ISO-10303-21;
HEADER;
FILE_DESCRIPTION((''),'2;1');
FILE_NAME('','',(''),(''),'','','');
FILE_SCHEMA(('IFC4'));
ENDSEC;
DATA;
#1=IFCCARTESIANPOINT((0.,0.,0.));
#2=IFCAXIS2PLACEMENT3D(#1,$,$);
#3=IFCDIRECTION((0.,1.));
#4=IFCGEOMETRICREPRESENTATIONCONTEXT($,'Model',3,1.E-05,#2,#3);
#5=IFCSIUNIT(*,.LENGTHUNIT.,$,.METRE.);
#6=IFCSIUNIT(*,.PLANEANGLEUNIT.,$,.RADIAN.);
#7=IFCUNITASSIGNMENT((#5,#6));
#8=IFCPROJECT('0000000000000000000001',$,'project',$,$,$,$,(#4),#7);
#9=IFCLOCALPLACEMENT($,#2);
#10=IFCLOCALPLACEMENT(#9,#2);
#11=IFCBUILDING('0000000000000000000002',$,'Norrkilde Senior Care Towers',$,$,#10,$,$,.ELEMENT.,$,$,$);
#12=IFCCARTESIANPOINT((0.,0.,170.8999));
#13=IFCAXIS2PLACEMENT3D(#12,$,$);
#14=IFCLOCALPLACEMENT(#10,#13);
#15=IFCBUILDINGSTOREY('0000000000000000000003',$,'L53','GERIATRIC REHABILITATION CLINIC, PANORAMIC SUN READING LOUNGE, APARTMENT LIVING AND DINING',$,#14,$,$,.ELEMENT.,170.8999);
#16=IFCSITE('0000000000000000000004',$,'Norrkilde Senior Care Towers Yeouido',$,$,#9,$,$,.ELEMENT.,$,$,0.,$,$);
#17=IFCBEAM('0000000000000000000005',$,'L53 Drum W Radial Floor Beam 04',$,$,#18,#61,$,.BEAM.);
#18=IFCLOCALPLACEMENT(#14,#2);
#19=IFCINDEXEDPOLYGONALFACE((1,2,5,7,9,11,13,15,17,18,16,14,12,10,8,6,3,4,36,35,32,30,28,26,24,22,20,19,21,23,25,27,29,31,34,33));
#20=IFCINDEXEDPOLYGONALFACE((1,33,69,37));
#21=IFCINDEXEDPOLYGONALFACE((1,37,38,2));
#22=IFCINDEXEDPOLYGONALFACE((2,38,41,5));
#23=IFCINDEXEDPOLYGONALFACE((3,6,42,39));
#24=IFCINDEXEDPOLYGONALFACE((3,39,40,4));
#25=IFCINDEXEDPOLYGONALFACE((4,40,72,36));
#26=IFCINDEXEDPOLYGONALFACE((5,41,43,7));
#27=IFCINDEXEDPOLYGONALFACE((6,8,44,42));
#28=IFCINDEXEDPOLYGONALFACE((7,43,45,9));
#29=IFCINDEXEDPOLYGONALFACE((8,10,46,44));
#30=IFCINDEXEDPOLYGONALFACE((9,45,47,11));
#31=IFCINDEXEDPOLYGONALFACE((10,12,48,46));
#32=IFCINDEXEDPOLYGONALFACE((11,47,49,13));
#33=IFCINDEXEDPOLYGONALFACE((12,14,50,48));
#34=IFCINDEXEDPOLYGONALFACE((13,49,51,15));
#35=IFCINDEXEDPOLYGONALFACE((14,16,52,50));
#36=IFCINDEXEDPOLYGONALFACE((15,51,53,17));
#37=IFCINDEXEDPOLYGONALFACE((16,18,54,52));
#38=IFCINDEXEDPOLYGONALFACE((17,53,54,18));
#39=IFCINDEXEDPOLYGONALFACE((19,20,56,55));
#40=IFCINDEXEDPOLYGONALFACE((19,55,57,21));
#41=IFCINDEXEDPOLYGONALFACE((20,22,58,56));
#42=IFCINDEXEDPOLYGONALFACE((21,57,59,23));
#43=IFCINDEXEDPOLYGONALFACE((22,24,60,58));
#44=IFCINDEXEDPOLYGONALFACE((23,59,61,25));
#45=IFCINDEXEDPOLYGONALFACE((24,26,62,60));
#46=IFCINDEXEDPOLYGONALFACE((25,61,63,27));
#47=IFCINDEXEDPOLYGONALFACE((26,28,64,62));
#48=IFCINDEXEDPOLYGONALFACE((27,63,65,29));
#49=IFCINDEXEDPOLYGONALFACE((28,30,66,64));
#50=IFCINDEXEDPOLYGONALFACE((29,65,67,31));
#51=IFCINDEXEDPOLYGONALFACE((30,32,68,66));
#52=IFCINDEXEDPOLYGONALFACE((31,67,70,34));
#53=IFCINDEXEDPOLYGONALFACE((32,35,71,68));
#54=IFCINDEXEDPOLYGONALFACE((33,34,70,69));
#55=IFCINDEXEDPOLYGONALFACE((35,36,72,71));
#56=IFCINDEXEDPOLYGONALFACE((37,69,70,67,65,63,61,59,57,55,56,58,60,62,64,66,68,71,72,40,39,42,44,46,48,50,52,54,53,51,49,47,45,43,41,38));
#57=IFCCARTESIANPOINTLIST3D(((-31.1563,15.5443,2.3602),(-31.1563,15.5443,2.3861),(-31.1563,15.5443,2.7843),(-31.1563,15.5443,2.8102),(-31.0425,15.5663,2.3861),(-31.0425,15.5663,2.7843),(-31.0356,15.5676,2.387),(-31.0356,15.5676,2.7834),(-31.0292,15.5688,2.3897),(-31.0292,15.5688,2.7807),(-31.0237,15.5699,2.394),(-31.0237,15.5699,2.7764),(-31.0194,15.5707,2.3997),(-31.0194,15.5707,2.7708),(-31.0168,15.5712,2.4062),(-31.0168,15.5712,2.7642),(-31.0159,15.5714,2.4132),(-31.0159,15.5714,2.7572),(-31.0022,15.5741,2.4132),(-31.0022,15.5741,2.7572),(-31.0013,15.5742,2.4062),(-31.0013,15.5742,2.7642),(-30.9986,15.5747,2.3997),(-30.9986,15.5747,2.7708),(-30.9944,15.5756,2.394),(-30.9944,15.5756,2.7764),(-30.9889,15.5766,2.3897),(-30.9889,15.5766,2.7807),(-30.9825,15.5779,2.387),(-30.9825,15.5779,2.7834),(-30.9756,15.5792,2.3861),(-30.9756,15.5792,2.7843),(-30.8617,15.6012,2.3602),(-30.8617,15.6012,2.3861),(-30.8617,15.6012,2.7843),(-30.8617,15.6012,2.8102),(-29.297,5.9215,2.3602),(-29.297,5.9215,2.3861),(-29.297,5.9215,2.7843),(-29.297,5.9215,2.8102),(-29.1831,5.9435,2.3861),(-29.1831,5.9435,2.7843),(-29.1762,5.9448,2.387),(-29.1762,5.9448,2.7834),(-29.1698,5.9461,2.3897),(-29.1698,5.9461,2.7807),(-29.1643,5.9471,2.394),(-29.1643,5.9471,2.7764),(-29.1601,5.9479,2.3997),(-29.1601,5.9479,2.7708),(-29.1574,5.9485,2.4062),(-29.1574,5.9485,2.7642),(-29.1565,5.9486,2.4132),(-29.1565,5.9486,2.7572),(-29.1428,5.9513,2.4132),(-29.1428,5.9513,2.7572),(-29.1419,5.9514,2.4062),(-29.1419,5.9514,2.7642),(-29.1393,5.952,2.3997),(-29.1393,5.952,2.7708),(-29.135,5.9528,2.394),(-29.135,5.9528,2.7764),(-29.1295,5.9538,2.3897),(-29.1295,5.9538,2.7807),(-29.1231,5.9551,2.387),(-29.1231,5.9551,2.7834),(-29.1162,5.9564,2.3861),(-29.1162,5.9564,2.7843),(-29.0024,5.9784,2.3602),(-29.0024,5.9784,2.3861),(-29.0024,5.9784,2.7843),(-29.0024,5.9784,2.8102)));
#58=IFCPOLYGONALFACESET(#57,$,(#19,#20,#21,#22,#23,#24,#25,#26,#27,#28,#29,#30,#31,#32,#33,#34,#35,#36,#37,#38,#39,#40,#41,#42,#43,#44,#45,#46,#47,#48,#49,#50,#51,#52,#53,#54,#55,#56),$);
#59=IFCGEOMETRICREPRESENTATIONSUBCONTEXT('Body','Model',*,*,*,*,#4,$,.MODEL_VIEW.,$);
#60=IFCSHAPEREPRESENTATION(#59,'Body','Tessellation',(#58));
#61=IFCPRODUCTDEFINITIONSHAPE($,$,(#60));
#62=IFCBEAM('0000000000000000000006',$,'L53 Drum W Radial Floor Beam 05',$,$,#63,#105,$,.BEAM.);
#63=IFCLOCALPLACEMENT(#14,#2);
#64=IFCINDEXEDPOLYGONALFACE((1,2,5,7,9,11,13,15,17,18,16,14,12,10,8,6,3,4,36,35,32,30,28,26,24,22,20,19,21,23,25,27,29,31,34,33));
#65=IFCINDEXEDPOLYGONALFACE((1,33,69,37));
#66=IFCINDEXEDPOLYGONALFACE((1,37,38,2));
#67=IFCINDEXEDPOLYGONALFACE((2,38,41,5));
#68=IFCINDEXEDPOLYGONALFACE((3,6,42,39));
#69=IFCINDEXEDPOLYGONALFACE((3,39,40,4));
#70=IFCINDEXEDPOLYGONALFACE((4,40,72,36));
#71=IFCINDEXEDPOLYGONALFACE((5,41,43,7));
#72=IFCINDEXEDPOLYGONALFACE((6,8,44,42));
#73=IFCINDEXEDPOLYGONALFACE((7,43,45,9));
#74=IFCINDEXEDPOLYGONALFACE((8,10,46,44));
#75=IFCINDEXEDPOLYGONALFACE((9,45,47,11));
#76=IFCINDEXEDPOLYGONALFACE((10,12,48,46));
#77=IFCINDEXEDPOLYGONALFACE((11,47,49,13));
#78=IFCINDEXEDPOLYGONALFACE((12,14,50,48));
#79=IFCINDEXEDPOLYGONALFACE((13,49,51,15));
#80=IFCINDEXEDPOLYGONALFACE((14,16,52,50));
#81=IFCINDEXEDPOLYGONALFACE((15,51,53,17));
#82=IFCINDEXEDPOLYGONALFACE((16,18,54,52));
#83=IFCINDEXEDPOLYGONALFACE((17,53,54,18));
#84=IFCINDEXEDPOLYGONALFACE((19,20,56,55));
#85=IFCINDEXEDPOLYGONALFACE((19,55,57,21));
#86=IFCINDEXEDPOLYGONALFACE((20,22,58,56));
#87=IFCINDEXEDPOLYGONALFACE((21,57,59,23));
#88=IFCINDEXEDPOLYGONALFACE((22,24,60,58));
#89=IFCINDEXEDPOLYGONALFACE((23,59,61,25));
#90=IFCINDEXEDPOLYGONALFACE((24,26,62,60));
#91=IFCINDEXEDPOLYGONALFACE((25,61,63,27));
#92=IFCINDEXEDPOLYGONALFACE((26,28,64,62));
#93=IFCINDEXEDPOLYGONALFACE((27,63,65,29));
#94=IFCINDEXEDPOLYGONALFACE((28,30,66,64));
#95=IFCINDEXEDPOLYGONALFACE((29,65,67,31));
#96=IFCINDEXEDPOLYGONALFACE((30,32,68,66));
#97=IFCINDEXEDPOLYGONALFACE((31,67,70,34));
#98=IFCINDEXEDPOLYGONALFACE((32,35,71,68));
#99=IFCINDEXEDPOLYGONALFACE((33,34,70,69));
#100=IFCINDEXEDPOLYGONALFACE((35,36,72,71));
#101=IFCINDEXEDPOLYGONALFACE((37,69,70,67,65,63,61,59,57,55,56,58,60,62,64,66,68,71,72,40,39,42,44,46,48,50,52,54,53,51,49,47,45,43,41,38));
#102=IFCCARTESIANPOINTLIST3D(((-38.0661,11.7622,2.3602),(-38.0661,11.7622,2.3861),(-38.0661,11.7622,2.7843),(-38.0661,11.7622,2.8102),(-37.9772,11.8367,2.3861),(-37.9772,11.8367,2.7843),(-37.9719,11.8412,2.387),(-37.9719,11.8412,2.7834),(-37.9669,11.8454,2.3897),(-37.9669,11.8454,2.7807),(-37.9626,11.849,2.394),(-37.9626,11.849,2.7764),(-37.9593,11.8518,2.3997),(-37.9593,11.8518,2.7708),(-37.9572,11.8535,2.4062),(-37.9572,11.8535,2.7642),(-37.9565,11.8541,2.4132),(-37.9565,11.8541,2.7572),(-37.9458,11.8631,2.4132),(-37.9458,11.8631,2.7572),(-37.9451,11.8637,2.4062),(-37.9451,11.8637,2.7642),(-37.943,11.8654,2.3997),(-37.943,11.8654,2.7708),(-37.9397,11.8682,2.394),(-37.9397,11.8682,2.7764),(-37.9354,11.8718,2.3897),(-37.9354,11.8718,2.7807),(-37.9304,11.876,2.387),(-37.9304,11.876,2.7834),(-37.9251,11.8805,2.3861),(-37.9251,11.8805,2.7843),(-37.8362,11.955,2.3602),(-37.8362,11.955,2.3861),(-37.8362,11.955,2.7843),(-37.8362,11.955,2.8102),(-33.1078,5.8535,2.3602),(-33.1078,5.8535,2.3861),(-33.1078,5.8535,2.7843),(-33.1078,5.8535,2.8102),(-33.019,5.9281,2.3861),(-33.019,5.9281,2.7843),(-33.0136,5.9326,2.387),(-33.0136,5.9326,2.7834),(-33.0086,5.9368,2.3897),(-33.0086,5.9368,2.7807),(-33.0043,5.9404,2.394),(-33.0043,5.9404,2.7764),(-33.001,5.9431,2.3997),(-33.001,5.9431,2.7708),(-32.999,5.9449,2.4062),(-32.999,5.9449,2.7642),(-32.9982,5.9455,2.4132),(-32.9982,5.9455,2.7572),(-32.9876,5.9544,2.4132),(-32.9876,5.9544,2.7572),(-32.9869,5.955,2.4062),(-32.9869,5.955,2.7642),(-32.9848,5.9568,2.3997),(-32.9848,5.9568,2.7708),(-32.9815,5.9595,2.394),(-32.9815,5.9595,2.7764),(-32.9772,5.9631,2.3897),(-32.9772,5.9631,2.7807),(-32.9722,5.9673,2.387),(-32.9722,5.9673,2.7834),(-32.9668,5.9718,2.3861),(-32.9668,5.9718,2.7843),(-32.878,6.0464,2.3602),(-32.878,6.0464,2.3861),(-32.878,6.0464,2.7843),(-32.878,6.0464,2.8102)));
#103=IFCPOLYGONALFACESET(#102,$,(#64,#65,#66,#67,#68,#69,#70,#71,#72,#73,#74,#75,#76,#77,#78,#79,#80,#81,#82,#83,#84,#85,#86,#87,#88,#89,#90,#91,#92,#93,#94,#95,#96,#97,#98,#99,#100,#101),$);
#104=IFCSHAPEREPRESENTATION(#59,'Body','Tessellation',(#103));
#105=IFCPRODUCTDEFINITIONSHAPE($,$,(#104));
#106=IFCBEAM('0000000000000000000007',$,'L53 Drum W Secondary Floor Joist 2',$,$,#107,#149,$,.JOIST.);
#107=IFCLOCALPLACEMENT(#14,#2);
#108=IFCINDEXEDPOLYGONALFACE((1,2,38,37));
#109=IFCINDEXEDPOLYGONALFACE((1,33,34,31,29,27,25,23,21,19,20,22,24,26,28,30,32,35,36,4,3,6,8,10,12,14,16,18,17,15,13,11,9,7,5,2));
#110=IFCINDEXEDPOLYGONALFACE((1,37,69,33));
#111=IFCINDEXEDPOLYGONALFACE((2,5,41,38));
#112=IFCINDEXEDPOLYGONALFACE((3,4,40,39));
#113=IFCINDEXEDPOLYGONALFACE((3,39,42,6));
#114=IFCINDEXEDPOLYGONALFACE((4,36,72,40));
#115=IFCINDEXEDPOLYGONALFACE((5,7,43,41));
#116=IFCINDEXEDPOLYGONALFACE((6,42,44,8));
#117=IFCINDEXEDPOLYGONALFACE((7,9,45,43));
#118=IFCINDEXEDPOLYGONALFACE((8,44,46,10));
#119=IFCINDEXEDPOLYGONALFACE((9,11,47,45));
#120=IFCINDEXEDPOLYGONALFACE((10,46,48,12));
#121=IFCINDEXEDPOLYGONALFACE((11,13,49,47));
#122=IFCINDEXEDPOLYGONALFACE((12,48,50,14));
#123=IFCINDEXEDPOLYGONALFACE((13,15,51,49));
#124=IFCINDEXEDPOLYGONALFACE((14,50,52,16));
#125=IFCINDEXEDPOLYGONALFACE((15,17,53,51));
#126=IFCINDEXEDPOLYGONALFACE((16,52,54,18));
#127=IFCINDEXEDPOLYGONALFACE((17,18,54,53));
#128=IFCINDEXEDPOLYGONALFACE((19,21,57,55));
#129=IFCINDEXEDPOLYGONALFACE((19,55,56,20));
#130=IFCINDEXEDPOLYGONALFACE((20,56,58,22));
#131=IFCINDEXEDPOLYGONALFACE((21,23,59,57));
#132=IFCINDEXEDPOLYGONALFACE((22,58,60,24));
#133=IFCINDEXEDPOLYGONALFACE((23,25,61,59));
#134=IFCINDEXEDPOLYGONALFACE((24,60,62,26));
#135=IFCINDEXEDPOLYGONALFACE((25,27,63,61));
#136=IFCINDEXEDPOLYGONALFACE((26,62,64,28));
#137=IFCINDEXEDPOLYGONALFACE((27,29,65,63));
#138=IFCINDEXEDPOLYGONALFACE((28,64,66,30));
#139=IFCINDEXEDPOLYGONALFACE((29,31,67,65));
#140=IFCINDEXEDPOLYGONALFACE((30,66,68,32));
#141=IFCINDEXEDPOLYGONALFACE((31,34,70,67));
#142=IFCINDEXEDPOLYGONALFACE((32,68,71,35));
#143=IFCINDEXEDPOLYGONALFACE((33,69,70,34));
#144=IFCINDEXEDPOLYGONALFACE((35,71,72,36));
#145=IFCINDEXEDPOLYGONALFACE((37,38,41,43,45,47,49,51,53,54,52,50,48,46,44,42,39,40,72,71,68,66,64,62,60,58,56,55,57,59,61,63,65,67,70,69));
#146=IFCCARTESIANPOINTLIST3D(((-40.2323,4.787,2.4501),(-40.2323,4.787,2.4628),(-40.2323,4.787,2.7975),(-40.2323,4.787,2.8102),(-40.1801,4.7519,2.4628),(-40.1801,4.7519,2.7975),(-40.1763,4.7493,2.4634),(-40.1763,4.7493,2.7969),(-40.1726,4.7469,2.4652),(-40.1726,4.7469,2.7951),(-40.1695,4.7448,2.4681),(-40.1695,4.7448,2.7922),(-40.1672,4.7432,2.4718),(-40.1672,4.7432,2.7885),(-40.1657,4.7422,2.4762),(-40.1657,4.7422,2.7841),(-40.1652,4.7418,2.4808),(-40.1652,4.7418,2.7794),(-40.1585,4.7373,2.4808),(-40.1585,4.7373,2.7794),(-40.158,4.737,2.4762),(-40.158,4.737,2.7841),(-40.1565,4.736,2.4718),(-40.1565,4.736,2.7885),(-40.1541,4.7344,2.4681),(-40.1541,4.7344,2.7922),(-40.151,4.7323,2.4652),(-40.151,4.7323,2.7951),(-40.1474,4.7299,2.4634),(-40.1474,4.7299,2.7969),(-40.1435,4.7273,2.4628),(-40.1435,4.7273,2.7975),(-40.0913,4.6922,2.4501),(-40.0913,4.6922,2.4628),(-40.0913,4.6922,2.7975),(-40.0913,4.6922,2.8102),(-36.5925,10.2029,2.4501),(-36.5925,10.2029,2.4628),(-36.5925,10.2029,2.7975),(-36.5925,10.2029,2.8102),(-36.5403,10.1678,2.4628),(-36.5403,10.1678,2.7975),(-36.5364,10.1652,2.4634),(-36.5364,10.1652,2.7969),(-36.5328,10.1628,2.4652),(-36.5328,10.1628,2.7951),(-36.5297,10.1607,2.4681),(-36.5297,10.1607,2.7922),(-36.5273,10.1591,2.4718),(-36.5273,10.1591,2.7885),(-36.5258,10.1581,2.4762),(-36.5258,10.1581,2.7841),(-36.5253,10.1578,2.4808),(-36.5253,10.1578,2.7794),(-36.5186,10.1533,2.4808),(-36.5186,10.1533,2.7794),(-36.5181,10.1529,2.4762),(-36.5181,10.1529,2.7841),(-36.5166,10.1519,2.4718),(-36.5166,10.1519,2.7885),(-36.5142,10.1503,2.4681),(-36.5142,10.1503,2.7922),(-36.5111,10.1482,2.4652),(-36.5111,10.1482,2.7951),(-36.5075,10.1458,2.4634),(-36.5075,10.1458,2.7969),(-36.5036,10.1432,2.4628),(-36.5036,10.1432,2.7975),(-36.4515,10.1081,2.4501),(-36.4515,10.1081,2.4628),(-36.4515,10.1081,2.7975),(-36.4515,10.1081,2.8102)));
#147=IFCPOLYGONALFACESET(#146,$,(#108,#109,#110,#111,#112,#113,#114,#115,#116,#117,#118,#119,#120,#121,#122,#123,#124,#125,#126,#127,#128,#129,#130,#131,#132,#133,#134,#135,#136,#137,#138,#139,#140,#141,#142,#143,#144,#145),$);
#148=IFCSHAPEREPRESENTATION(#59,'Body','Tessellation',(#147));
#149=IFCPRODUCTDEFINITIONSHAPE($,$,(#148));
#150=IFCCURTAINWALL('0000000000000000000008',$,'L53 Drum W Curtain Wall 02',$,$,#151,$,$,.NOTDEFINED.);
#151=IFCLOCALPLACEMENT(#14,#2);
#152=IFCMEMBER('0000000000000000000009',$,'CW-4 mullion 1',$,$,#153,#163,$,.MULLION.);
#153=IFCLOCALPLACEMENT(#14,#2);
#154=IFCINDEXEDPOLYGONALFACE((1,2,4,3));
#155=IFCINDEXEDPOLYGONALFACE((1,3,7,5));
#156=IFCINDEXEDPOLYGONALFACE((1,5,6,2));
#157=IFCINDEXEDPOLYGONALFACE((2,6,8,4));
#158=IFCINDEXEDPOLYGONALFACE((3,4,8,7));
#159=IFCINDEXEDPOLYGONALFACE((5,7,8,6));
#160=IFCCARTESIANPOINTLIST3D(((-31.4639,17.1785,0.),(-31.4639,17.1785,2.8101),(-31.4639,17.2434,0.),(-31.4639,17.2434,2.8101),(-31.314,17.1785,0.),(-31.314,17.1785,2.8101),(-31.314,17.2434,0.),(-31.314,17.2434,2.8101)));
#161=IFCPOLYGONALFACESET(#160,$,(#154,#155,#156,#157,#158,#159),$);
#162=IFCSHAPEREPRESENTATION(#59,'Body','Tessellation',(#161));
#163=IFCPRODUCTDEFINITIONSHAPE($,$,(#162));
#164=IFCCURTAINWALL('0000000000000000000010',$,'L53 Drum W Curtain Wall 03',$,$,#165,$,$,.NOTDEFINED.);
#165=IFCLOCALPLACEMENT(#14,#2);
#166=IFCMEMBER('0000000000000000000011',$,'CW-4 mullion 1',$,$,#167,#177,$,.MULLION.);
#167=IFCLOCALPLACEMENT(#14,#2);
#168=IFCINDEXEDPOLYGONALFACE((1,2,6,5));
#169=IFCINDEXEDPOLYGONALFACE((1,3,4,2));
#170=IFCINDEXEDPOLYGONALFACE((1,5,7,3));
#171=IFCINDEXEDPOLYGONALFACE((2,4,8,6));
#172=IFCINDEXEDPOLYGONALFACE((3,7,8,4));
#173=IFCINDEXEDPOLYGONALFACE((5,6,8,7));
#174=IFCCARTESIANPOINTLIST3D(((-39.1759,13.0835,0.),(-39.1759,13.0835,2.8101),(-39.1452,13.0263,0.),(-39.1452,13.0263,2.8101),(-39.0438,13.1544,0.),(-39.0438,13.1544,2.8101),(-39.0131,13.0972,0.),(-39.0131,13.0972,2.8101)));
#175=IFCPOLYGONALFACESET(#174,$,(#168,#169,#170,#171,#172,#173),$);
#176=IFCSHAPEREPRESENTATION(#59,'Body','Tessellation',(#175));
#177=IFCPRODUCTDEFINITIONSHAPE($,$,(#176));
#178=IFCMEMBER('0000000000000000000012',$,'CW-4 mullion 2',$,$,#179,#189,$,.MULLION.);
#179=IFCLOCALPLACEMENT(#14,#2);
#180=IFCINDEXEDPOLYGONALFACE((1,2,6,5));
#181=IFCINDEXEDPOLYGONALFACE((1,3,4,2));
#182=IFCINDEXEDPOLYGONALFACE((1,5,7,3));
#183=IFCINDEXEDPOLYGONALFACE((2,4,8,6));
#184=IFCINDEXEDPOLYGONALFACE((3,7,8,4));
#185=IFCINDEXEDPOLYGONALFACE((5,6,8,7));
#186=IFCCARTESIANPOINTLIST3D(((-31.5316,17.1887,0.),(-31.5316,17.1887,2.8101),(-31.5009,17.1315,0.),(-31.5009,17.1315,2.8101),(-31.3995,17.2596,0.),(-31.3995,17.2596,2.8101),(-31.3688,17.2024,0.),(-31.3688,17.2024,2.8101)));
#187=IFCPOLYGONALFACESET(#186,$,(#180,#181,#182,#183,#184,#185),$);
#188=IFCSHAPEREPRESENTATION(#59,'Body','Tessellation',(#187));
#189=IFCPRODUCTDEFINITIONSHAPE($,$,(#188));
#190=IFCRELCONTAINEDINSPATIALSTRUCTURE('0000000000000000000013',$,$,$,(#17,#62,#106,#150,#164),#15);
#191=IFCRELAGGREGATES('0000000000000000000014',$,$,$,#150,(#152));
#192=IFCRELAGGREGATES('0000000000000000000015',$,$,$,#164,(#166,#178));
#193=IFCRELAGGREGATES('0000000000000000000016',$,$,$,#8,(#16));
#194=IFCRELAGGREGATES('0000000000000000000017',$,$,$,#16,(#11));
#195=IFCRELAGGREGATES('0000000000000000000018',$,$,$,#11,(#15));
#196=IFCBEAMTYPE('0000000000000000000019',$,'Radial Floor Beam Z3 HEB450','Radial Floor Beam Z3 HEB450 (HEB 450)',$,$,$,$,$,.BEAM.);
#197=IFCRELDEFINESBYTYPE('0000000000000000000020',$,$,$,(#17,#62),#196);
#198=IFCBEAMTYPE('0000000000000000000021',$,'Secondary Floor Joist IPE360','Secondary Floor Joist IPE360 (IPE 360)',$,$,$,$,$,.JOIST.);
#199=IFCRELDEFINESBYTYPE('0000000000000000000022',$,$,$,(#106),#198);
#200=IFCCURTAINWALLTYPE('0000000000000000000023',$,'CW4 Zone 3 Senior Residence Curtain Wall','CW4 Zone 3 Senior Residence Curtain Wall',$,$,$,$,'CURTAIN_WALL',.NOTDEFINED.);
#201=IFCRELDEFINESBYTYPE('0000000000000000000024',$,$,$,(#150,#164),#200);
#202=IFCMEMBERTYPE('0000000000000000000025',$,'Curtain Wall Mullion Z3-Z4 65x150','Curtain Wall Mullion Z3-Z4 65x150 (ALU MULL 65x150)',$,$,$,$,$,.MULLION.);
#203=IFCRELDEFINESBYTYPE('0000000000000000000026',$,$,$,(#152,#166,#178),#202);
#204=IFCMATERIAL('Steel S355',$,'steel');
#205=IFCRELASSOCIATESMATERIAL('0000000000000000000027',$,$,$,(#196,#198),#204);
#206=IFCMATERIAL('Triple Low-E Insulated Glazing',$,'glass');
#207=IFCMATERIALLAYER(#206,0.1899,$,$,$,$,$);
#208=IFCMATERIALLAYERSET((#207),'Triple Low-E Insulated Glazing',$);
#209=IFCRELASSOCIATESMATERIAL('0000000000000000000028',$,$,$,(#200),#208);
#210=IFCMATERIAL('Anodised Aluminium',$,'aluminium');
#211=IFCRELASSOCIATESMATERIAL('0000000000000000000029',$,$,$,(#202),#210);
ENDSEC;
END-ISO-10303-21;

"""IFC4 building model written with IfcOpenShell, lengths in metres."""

from ifc_helpers import new_model, si_unit, direction, frame, origin, origin_2d, place, context, subcontext, project, spatial, rectangle, i_section, extrude, source, transform, mapped, material, layer, layer_set, material_profile, profile_set, type_object, type_shapes, element, aggregate, save


model = new_model("IFC4")

# Units and contexts
model_context = context("Model", 3, precision=1e-05, world=origin(), true_north=direction((0.0, 1.0)))
body_context = subcontext(model_context, "Body", "Model", "MODEL_VIEW")
ifc_project = project(units=[si_unit("LENGTHUNIT", "METRE"), si_unit("PLANEANGLEUNIT", "RADIAN")], contexts=[model_context])

# Site, building, storey
site_placement = place(None, origin())
site = spatial("IfcSite", under=ifc_project, at=site_placement, Name="Norrkilde Senior Care Towers Yeouido", CompositionType="ELEMENT", RefElevation=0.0)
building_placement = place(site_placement, origin())
building = spatial("IfcBuilding", under=site, at=building_placement, Name="Norrkilde Senior Care Towers", CompositionType="ELEMENT")
storey_placement = place(building_placement, frame((0.0, 0.0, 170.8999)))
storey = spatial("IfcBuildingStorey", under=building, at=storey_placement, Name="L53", Description="GERIATRIC REHABILITATION CLINIC, PANORAMIC SUN READING LOUNGE, APARTMENT LIVING AND DINING", CompositionType="ELEMENT", Elevation=170.8999)

# Beams
ifc_material_1 = material(Name="Steel S355", Category="steel")
ifc_material_profile_1 = material_profile(ifc_material_1, i_section(OverallWidth=0.3, OverallDepth=0.45, WebThickness=0.0139, FlangeThickness=0.0259, FilletRadius=0.0271, at=origin_2d()), Name="HEB 450")
ifc_profile_set_1 = profile_set([ifc_material_profile_1], Name="Steel S355")
beam_type_1 = type_object("IfcBeamType", Name="Radial Floor Beam Z3 HEB450", Description="Radial Floor Beam Z3 HEB450 (HEB 450)", PredefinedType="BEAM", material=ifc_profile_set_1)
shared_shape_1 = source(origin(), body_context, "Body", "SweptSolid", [
    extrude(i_section(OverallWidth=0.3, OverallDepth=0.45, WebThickness=0.0139, FlangeThickness=0.0259, FilletRadius=0.0271, at=origin_2d()), origin(), (0.0, 0.0, 1.0), 9.8008),
])
beam_1_placement = place(storey_placement, frame((-29.1497, 5.95, 2.5852), z_axis=(-0.189717, 0.981839, 0.0), x_axis=(-0.981839, -0.189717, 0.0)))
element("IfcBeam", 1, at=beam_1_placement, inside=storey, type_object=beam_type_1, Name="L53 Drum W Radial Floor Beam 04", PredefinedType="BEAM", context=body_context, shape_type="MappedRepresentation", body=[
    mapped(shared_shape_1, transform((0.0, 0.0, 0.0), x_axis=(1.0, 0.0, 0.0), y_axis=(0.0, 1.0, 0.0), z_axis=(0.0, 0.0, 1.0), scale=1.0)),
])
shared_shape_2 = source(origin(), body_context, "Body", "SweptSolid", [
    extrude(i_section(OverallWidth=0.3, OverallDepth=0.45, WebThickness=0.0139, FlangeThickness=0.0259, FilletRadius=0.0271, at=origin_2d()), origin(), (0.0, 0.0, 1.0), 7.7134),
])
type_shapes(beam_type_1, [shared_shape_1, shared_shape_2])
beam_2_placement = place(storey_placement, frame((-32.9929, 5.95, 2.5852), z_axis=(-0.642808, 0.766027, 0.0), x_axis=(-0.766027, -0.642808, 0.0)))
element("IfcBeam", 2, at=beam_2_placement, inside=storey, type_object=beam_type_1, Name="L53 Drum W Radial Floor Beam 05", PredefinedType="BEAM", context=body_context, shape_type="MappedRepresentation", body=[
    mapped(shared_shape_2, transform((0.0, 0.0, 0.0), x_axis=(1.0, 0.0, 0.0), y_axis=(0.0, 1.0, 0.0), z_axis=(0.0, 0.0, 1.0), scale=1.0)),
])
ifc_material_profile_2 = material_profile(ifc_material_1, i_section(OverallWidth=0.1699, OverallDepth=0.3601, WebThickness=0.0081, FlangeThickness=0.0127, FilletRadius=0.0181, at=origin_2d()), Name="IPE 360")
ifc_profile_set_2 = profile_set([ifc_material_profile_2], Name="Steel S355")
beam_type_2 = type_object("IfcBeamType", Name="Secondary Floor Joist IPE360", Description="Secondary Floor Joist IPE360 (IPE 360)", PredefinedType="JOIST", material=ifc_profile_set_2)
shared_shape_3 = source(origin(), body_context, "Body", "SweptSolid", [
    extrude(i_section(OverallWidth=0.1699, OverallDepth=0.3601, WebThickness=0.0081, FlangeThickness=0.0127, FilletRadius=0.0181, at=origin_2d()), origin(), (0.0, 0.0, 1.0), 6.5254),
])
type_shapes(beam_type_2, [shared_shape_3])
beam_3_placement = place(storey_placement, frame((-36.522, 10.1555, 2.6301), z_axis=(-0.557796, -0.829978, 0.0), x_axis=(0.829978, -0.557796, 0.0)))
element("IfcBeam", 3, at=beam_3_placement, inside=storey, type_object=beam_type_2, Name="L53 Drum W Secondary Floor Joist 2", PredefinedType="JOIST", context=body_context, shape_type="MappedRepresentation", body=[
    mapped(shared_shape_3, transform((0.0, 0.0, 0.0), x_axis=(1.0, 0.0, 0.0), y_axis=(0.0, 1.0, 0.0), z_axis=(0.0, 0.0, 1.0), scale=1.0)),
])

# Curtain wall, member
ifc_material_2 = material(Name="Triple Low-E Insulated Glazing", Category="glass")
ifc_layer_1 = layer(ifc_material_2, 0.1899)
ifc_layer_set_1 = layer_set([ifc_layer_1], Name="Triple Low-E Insulated Glazing")
curtain_wall_type = type_object("IfcCurtainWallType", Name="CW4 Zone 3 Senior Residence Curtain Wall", Description="CW4 Zone 3 Senior Residence Curtain Wall", ElementType="CURTAIN_WALL", PredefinedType="NOTDEFINED", material=ifc_layer_set_1)
curtain_wall_1_placement = place(storey_placement, origin())
curtain_wall_1 = element("IfcCurtainWall", 4, at=curtain_wall_1_placement, inside=storey, type_object=curtain_wall_type, Name="L53 Drum W Curtain Wall 02", PredefinedType="NOTDEFINED")
ifc_material_3 = material(Name="Anodised Aluminium", Category="aluminium")
ifc_material_profile_3 = material_profile(ifc_material_3, rectangle(XDim=0.0649, YDim=0.1499, at=origin_2d()), Name="ALU MULL 65x150")
ifc_profile_set_3 = profile_set([ifc_material_profile_3], Name="Anodised Aluminium")
member_type_1 = type_object("IfcMemberType", Name="Curtain Wall Mullion Z3-Z4 65x150", Description="Curtain Wall Mullion Z3-Z4 65x150 (ALU MULL 65x150)", PredefinedType="MULLION", material=ifc_profile_set_3)
shared_shape_4 = source(origin(), body_context, "Body", "SweptSolid", [
    extrude(rectangle(XDim=0.0649, YDim=0.1499, at=origin_2d()), origin(), (0.0, 0.0, 1.0), 2.8101),
])
type_shapes(member_type_1, [shared_shape_4])
member_1_placement = place(storey_placement, frame((-31.3889, 17.2109, 0.0), z_axis=(0.0, 0.0, 1.0), x_axis=(0.0, 1.0, 0.0)))
member_1 = element("IfcMember", 5, at=member_1_placement, type_object=member_type_1, Name="CW-4 mullion 1", PredefinedType="MULLION", context=body_context, shape_type="MappedRepresentation", body=[
    mapped(shared_shape_4, transform((0.0, 0.0, 0.0), x_axis=(1.0, 0.0, 0.0), y_axis=(0.0, 1.0, 0.0), z_axis=(0.0, 0.0, 1.0), scale=1.0)),
])

# Curtain wall, members
curtain_wall_2_placement = place(storey_placement, origin())
curtain_wall_2 = element("IfcCurtainWall", 6, at=curtain_wall_2_placement, inside=storey, type_object=curtain_wall_type, Name="L53 Drum W Curtain Wall 03", PredefinedType="NOTDEFINED")
member_2_placement = place(storey_placement, frame((-39.0945, 13.0903, 0.0), z_axis=(0.0, 0.0, 1.0), x_axis=(-0.473117, 0.881, 0.0)))
member_2 = element("IfcMember", 7, at=member_2_placement, type_object=member_type_1, Name="CW-4 mullion 1", PredefinedType="MULLION", context=body_context, shape_type="MappedRepresentation", body=[
    mapped(shared_shape_4, transform((0.0, 0.0, 0.0), x_axis=(1.0, 0.0, 0.0), y_axis=(0.0, 1.0, 0.0), z_axis=(0.0, 0.0, 1.0), scale=1.0)),
])
member_3_placement = place(storey_placement, frame((-31.4502, 17.1956, 0.0), z_axis=(0.0, 0.0, 1.0), x_axis=(-0.473117, 0.881, 0.0)))
member_3 = element("IfcMember", 8, at=member_3_placement, type_object=member_type_1, Name="CW-4 mullion 2", PredefinedType="MULLION", context=body_context, shape_type="MappedRepresentation", body=[
    mapped(shared_shape_4, transform((0.0, 0.0, 0.0), x_axis=(1.0, 0.0, 0.0), y_axis=(0.0, 1.0, 0.0), z_axis=(0.0, 0.0, 1.0), scale=1.0)),
])

aggregate(curtain_wall_1, [member_1])

aggregate(curtain_wall_2, [member_2, member_3])

save(model, "model.ifc")
